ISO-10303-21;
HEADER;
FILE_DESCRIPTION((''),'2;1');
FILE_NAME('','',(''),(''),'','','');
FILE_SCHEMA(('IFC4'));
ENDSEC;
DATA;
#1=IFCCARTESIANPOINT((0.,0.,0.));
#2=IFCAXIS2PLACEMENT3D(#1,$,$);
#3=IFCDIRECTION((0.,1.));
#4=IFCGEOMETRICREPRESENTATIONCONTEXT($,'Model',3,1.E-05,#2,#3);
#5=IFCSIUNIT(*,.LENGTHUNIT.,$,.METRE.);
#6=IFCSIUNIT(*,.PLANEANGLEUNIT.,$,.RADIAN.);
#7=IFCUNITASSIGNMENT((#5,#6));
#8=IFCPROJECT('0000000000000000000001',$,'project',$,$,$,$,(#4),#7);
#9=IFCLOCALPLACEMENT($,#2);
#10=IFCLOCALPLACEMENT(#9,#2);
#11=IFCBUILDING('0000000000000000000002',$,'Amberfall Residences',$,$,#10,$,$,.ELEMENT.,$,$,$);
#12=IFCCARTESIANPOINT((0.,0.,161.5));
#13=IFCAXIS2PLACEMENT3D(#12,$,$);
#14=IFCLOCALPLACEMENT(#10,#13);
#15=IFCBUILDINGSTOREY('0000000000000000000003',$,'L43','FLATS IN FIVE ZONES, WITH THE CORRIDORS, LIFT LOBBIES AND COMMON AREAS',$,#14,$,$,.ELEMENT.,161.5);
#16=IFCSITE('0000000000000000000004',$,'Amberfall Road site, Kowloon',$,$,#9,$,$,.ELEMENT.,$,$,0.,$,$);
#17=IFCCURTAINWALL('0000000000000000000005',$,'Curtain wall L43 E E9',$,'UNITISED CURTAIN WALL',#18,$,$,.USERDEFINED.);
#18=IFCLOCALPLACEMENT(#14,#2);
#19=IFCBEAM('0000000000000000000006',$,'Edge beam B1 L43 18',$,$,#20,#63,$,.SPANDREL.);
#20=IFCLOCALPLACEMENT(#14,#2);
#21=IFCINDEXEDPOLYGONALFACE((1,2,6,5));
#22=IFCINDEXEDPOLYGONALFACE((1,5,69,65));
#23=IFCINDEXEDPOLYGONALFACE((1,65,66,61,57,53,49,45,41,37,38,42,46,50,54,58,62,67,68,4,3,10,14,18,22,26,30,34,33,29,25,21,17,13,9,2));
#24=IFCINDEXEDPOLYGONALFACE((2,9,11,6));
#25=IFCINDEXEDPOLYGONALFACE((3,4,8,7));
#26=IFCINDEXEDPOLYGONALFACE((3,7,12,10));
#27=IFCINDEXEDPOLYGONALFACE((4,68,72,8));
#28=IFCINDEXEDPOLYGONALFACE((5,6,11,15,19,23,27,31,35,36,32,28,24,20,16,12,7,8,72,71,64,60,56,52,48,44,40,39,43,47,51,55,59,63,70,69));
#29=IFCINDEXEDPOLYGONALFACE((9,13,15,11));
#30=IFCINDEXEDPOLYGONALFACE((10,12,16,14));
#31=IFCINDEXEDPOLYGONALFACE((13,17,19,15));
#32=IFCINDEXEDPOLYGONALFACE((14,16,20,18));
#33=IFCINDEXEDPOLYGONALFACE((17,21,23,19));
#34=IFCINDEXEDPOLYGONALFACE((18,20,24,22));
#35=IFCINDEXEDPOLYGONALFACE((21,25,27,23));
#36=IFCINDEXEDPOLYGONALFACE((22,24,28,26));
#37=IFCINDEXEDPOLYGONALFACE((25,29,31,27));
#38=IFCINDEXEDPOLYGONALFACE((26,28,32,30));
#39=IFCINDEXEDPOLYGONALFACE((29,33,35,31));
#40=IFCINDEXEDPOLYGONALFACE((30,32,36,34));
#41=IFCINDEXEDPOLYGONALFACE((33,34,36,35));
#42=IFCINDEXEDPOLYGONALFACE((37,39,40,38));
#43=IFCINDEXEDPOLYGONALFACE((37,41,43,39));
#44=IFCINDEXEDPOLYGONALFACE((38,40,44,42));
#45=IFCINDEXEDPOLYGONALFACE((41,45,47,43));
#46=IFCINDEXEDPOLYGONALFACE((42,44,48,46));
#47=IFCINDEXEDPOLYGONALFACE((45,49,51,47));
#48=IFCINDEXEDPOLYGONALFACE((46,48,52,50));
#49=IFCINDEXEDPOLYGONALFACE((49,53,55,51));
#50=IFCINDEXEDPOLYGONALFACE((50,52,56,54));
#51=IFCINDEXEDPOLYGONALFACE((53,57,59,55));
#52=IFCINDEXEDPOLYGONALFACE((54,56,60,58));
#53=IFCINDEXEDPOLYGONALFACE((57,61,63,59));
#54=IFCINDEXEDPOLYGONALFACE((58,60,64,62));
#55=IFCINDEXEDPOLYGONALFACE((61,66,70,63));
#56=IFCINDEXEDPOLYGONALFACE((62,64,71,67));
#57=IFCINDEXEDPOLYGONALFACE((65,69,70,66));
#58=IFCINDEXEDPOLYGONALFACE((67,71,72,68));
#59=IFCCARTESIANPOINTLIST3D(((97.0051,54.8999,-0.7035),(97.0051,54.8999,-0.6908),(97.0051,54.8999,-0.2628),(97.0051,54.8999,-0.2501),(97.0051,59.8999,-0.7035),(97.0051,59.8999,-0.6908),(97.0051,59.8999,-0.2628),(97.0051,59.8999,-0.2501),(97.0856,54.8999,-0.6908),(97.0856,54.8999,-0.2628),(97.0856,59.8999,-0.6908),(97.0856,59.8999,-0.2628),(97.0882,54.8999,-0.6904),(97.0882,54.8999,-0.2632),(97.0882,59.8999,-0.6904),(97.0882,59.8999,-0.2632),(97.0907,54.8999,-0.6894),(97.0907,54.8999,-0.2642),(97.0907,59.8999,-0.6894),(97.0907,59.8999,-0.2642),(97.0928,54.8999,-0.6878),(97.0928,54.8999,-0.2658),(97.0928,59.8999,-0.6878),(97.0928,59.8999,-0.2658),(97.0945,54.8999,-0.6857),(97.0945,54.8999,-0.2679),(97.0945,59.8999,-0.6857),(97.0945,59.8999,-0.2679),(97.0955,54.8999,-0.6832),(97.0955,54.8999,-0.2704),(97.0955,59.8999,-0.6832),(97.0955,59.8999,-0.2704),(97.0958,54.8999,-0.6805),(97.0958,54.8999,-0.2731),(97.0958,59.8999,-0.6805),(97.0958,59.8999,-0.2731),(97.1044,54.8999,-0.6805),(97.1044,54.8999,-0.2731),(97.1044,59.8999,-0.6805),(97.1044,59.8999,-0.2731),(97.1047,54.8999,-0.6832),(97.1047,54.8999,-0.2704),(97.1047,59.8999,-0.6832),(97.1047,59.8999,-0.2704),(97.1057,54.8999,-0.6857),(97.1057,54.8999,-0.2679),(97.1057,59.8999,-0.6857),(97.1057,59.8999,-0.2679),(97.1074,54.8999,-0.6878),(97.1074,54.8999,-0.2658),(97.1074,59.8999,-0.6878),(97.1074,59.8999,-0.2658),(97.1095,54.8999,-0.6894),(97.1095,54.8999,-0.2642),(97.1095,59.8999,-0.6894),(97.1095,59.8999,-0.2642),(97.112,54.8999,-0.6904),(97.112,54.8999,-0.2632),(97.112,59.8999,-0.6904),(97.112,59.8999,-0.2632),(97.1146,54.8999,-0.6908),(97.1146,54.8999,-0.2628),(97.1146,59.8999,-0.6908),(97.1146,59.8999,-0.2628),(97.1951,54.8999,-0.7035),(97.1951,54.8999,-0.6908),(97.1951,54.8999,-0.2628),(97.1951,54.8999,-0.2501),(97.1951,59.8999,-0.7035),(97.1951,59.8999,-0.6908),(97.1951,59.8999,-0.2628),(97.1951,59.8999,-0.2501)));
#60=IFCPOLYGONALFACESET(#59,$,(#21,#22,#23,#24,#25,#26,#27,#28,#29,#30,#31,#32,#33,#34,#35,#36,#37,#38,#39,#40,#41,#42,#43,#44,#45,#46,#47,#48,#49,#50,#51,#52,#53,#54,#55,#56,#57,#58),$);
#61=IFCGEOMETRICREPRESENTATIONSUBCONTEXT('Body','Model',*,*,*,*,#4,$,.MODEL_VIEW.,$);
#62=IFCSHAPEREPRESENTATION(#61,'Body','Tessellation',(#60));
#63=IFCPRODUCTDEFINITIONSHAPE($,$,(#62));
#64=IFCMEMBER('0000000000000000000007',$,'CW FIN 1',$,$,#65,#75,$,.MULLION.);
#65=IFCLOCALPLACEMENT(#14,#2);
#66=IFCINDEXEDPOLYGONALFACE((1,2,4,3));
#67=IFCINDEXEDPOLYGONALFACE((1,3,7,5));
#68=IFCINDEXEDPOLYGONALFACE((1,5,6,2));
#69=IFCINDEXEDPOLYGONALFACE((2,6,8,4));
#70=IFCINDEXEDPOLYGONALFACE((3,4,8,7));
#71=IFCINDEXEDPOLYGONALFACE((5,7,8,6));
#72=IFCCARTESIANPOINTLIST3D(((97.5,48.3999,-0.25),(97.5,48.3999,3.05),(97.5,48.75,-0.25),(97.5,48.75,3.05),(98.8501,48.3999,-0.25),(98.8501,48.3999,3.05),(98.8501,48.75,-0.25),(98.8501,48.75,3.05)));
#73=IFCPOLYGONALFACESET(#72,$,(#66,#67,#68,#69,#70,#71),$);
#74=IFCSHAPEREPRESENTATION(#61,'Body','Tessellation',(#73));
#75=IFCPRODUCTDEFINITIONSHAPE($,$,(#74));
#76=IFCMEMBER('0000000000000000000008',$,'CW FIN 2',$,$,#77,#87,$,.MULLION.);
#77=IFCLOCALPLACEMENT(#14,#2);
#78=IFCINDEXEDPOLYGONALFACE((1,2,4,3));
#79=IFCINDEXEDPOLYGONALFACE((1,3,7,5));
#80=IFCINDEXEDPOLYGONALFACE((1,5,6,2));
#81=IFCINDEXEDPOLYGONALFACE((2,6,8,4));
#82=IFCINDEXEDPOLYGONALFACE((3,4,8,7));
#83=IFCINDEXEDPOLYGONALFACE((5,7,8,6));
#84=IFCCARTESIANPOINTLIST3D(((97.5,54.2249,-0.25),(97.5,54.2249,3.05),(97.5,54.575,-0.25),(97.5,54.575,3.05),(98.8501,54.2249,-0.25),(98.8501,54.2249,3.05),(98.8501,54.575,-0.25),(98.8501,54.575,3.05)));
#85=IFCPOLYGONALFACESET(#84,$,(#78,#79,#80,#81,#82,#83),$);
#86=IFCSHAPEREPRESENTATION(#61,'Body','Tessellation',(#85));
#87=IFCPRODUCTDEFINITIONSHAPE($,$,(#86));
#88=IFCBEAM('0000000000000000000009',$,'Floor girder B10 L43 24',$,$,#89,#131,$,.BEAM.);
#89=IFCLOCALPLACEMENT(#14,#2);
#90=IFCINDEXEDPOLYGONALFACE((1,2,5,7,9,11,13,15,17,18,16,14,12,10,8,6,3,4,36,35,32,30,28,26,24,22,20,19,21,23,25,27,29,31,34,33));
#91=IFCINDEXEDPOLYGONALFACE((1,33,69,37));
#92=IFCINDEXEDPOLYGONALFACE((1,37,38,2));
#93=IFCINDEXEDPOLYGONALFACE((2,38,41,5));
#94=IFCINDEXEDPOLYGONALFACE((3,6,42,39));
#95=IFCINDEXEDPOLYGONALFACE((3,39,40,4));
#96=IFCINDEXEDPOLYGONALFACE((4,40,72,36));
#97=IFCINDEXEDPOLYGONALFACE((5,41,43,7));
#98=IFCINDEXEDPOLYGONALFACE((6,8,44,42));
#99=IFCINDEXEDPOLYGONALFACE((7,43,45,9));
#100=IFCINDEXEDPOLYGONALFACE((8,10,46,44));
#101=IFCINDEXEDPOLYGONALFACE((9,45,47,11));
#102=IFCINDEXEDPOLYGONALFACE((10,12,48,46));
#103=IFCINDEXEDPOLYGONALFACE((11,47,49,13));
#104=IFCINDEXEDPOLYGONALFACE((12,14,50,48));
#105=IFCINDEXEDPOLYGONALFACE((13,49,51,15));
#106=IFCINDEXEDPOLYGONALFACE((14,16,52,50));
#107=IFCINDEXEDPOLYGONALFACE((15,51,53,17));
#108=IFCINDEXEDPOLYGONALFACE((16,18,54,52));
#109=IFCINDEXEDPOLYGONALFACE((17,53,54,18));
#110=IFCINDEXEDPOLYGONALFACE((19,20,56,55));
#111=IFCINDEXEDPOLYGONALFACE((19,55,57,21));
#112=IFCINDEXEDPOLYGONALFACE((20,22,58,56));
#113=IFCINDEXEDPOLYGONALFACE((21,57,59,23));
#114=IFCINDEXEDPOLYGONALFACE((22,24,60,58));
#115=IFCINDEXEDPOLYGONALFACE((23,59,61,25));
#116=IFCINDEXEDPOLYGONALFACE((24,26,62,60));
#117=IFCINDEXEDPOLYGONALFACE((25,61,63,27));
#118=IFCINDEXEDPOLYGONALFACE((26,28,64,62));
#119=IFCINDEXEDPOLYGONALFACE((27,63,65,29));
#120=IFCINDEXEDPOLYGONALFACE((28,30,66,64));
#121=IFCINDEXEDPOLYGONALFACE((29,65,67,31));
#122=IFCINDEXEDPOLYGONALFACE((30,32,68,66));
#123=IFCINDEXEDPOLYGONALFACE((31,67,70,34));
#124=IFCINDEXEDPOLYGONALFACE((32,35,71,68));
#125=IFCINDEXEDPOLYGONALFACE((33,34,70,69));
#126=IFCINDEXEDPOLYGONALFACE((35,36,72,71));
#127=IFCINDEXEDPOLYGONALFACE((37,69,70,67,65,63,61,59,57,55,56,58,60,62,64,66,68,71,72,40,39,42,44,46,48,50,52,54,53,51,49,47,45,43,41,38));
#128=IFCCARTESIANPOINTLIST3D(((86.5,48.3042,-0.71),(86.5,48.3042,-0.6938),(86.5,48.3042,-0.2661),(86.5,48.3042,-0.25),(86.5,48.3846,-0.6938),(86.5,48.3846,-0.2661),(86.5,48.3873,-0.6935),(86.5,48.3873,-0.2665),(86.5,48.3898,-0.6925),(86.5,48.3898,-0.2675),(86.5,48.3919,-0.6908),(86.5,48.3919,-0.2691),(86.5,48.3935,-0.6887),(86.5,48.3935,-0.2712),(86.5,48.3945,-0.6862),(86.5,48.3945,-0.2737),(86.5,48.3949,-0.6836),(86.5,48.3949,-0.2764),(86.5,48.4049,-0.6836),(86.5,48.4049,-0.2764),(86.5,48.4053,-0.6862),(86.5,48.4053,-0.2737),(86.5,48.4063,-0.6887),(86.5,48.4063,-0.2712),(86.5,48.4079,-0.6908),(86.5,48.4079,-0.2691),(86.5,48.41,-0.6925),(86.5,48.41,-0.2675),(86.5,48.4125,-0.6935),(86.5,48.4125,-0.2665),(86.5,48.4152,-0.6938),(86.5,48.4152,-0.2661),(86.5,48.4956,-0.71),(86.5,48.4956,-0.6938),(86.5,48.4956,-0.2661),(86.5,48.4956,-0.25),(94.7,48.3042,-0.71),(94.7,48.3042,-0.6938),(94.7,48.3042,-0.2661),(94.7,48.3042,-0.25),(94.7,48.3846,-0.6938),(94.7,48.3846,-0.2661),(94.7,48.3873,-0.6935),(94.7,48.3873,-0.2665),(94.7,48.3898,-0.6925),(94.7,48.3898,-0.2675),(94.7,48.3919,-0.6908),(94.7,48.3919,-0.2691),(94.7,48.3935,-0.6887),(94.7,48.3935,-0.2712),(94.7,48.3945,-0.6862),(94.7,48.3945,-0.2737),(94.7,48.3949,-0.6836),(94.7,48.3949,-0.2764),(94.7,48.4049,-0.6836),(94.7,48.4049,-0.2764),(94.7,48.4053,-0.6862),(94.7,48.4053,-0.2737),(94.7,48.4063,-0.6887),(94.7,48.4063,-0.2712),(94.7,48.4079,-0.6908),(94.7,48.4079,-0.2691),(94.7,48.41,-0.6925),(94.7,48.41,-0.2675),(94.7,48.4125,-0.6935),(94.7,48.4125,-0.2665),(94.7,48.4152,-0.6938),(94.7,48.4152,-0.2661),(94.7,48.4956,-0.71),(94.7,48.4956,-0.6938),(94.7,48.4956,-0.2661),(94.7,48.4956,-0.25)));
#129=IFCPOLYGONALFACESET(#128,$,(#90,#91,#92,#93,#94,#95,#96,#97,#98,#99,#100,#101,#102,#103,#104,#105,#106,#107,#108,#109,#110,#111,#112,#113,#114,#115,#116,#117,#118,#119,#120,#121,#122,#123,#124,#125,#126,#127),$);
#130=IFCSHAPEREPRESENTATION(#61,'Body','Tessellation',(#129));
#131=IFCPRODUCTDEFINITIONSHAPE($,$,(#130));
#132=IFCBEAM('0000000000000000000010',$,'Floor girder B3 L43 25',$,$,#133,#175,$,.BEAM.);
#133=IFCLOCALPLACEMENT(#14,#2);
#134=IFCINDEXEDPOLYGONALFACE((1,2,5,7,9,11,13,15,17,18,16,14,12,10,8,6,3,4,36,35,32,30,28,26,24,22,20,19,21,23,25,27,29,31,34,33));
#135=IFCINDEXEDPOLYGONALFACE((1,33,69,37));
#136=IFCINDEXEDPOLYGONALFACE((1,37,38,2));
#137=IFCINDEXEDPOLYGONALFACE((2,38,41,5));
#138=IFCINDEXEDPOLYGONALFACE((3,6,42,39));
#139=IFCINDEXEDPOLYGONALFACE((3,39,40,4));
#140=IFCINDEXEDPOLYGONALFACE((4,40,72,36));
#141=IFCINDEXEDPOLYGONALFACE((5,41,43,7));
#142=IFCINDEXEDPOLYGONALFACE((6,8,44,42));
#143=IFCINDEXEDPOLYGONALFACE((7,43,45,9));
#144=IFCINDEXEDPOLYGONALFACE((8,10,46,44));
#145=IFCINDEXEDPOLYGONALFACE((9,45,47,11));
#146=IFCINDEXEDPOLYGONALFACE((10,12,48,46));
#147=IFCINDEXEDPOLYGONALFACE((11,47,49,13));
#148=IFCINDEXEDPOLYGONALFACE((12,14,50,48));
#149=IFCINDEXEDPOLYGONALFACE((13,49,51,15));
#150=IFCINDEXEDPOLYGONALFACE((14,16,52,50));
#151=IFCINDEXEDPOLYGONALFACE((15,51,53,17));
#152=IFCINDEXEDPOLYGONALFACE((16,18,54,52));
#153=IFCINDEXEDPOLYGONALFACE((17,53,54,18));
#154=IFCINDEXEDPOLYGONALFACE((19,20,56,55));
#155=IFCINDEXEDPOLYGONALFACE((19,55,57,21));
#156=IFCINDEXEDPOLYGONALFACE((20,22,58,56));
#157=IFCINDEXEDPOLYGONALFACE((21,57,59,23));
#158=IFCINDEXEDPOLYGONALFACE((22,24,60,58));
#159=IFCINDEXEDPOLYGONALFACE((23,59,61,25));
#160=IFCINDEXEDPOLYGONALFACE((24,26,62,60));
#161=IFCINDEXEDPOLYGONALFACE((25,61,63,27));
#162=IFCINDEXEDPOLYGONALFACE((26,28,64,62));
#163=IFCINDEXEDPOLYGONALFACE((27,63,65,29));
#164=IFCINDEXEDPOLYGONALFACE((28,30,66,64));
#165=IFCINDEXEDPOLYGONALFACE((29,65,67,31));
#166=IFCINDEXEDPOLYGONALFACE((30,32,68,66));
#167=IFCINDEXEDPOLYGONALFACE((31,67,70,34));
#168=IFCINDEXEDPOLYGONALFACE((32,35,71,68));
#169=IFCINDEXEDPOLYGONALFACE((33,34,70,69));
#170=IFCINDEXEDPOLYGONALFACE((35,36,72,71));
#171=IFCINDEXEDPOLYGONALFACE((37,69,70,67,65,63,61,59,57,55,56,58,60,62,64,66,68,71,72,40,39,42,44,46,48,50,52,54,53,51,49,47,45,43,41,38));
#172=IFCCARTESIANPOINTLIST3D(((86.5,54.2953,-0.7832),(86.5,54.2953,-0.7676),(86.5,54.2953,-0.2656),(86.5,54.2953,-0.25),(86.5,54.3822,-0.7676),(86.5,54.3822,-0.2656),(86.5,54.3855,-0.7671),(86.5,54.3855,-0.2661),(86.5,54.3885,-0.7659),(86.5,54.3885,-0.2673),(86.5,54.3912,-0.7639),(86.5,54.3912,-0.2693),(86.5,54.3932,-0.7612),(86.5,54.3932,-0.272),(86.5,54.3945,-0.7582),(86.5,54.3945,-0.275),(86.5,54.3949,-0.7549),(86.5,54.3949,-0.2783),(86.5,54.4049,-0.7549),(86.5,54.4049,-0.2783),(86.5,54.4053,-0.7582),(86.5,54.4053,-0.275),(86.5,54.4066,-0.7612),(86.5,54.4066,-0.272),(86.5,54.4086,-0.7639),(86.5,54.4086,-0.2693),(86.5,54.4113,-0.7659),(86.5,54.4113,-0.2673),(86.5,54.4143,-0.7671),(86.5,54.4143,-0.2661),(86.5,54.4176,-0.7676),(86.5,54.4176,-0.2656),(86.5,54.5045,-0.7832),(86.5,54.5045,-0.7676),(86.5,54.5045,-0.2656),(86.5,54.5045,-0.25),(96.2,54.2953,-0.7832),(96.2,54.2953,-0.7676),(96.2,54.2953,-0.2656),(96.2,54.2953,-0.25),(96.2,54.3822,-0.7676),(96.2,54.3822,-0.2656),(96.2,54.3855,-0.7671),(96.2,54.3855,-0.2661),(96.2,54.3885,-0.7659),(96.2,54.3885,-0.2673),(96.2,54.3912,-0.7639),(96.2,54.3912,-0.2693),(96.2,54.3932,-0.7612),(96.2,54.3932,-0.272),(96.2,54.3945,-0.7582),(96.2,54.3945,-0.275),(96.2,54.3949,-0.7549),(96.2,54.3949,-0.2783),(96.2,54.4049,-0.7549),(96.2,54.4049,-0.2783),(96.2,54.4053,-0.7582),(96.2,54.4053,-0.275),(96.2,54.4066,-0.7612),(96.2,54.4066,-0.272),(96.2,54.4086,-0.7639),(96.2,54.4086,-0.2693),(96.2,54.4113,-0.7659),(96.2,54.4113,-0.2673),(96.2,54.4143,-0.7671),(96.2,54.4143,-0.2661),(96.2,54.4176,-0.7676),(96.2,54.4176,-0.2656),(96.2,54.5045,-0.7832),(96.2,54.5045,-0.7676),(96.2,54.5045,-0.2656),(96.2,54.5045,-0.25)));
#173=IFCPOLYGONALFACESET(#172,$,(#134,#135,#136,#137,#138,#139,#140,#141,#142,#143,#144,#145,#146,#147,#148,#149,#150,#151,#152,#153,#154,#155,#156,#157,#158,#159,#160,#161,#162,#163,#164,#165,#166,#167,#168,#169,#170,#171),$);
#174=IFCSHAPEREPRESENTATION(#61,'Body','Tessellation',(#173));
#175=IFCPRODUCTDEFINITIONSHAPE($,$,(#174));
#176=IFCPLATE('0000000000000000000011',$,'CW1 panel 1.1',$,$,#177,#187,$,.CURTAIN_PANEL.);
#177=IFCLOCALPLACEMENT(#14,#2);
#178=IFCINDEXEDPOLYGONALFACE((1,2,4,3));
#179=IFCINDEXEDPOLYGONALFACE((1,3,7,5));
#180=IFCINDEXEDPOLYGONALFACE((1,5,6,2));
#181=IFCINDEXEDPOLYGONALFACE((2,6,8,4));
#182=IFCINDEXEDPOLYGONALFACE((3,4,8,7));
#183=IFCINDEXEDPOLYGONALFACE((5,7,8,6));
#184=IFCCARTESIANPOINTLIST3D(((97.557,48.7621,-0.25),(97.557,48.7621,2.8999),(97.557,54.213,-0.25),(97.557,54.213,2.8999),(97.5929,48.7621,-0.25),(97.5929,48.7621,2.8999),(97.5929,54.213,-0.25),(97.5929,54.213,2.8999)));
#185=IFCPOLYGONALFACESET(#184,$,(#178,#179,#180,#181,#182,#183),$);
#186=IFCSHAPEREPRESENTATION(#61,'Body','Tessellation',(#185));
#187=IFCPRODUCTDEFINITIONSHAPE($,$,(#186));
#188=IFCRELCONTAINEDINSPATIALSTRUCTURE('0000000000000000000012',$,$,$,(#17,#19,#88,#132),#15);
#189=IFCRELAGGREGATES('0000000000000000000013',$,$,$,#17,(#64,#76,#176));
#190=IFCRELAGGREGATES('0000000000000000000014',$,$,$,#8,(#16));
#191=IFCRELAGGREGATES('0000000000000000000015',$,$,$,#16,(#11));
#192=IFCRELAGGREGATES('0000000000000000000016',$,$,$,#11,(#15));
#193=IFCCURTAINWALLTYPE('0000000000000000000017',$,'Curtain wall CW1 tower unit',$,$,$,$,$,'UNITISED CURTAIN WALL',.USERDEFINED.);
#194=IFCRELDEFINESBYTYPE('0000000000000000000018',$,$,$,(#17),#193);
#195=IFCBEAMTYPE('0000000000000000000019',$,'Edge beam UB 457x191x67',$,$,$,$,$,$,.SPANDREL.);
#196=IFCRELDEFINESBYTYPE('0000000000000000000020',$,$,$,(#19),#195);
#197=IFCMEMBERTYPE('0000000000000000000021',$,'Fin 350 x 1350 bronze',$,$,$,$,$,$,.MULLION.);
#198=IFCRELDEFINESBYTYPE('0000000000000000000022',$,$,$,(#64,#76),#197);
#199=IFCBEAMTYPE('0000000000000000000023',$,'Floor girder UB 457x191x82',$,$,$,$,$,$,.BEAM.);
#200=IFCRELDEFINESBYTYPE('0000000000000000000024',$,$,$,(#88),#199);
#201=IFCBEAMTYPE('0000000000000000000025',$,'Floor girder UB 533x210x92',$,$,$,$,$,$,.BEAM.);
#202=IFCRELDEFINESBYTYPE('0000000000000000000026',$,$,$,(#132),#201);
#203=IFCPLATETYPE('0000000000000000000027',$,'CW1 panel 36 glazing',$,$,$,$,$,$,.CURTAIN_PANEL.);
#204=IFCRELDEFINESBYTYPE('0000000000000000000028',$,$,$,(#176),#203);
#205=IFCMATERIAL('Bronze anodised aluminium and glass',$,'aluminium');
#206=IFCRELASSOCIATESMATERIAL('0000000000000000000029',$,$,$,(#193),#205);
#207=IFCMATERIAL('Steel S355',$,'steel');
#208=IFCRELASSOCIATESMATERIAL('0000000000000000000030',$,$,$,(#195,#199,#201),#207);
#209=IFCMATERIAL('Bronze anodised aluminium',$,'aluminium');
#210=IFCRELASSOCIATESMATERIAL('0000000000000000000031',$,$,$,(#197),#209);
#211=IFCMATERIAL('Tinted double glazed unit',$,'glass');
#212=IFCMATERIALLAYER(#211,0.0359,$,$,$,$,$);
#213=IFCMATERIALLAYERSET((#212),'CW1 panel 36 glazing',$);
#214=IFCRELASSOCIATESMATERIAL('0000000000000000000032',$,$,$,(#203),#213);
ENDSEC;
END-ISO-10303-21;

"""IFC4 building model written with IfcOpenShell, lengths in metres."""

from ifc_helpers import new_model, si_unit, direction, frame, origin, origin_2d, place, context, subcontext, project, spatial, rectangle, i_section, extrude, material, layer, layer_set, material_profile, profile_set, type_object, element, aggregate, save


model = new_model("IFC4")

# Units and contexts
model_context = context("Model", 3, precision=1e-05, world=origin(), true_north=direction((0.0, 1.0)))
body_context = subcontext(model_context, "Body", "Model", "MODEL_VIEW")
ifc_project = project(units=[si_unit("LENGTHUNIT", "METRE"), si_unit("PLANEANGLEUNIT", "RADIAN")], contexts=[model_context])

# Site, building, storey
site_placement = place(None, origin())
site = spatial("IfcSite", under=ifc_project, at=site_placement, Name="Amberfall Road site, Kowloon", CompositionType="ELEMENT", RefElevation=0.0)
building_placement = place(site_placement, origin())
building = spatial("IfcBuilding", under=site, at=building_placement, Name="Amberfall Residences", CompositionType="ELEMENT")
storey_placement = place(building_placement, frame((0.0, 0.0, 161.5)))
storey = spatial("IfcBuildingStorey", under=building, at=storey_placement, Name="L43", Description="FLATS IN FIVE ZONES, WITH THE CORRIDORS, LIFT LOBBIES AND COMMON AREAS", CompositionType="ELEMENT", Elevation=161.5)

# Curtain wall
ifc_material_1 = material(Name="Bronze anodised aluminium and glass", Category="aluminium")
curtain_wall_type = type_object("IfcCurtainWallType", Name="Curtain wall CW1 tower unit", ElementType="UNITISED CURTAIN WALL", PredefinedType="USERDEFINED", material=ifc_material_1)
curtain_wall_placement = place(storey_placement, origin())
curtain_wall = element("IfcCurtainWall", 1, at=curtain_wall_placement, inside=storey, type_object=curtain_wall_type, Name="Curtain wall L43 E E9", ObjectType="UNITISED CURTAIN WALL", PredefinedType="USERDEFINED")
ifc_material_2 = material(Name="Bronze anodised aluminium", Category="aluminium")

# Beam
ifc_material_3 = material(Name="Steel S355", Category="steel")
ifc_material_profile_1 = material_profile(ifc_material_3, i_section(OverallWidth=0.1899, OverallDepth=0.4534, WebThickness=0.0085, FlangeThickness=0.0127, FilletRadius=0.0103, at=origin_2d()), Name="UB 457x191x67")
ifc_profile_set_1 = profile_set([ifc_material_profile_1], Name="Steel S355")
beam_type_1 = type_object("IfcBeamType", Name="Edge beam UB 457x191x67", PredefinedType="SPANDREL", material=ifc_profile_set_1)
beam_1_placement = place(storey_placement, frame((97.1001, 54.8999, -0.4768), z_axis=(0.0, 1.0, 0.0), x_axis=(-1.0, 0.0, 0.0)))
element("IfcBeam", 2, at=beam_1_placement, inside=storey, type_object=beam_type_1, Name="Edge beam B1 L43 18", PredefinedType="SPANDREL", context=body_context, shape_type="SweptSolid", body=[
    extrude(i_section(OverallWidth=0.1899, OverallDepth=0.4534, WebThickness=0.0085, FlangeThickness=0.0127, FilletRadius=0.0103, at=origin_2d()), origin(), (0.0, 0.0, 1.0), 5.0),
])

# Members
ifc_material_profile_2 = material_profile(ifc_material_2, rectangle(XDim=1.3501, YDim=0.3501, at=origin_2d()), Name="Fin 350 x 1350 bronze")
ifc_profile_set_2 = profile_set([ifc_material_profile_2], Name="Bronze anodised aluminium")
member_type_1 = type_object("IfcMemberType", Name="Fin 350 x 1350 bronze", PredefinedType="MULLION", material=ifc_profile_set_2)
member_1_placement = place(storey_placement, frame((98.175, 48.575, -0.25), z_axis=(0.0, 0.0, 1.0), x_axis=(-1.0, 0.0, 0.0)))
member_1 = element("IfcMember", 3, at=member_1_placement, type_object=member_type_1, Name="CW FIN 1", PredefinedType="MULLION", context=body_context, shape_type="SweptSolid", body=[
    extrude(rectangle(XDim=1.3501, YDim=0.3501, at=origin_2d()), origin(), (0.0, 0.0, 1.0), 3.3),
])
member_2_placement = place(storey_placement, frame((98.175, 54.3999, -0.25), z_axis=(0.0, 0.0, 1.0), x_axis=(-1.0, 0.0, 0.0)))
member_2 = element("IfcMember", 4, at=member_2_placement, type_object=member_type_1, Name="CW FIN 2", PredefinedType="MULLION", context=body_context, shape_type="SweptSolid", body=[
    extrude(rectangle(XDim=1.3501, YDim=0.3501, at=origin_2d()), origin(), (0.0, 0.0, 1.0), 3.3),
])

# Beams
ifc_material_profile_3 = material_profile(ifc_material_3, i_section(OverallWidth=0.1914, OverallDepth=0.46, WebThickness=0.01, FlangeThickness=0.0161, FilletRadius=0.0103, at=origin_2d()), Name="UB 457x191x82")
ifc_profile_set_3 = profile_set([ifc_material_profile_3], Name="Steel S355")
beam_type_2 = type_object("IfcBeamType", Name="Floor girder UB 457x191x82", PredefinedType="BEAM", material=ifc_profile_set_3)
beam_2_placement = place(storey_placement, frame((94.7, 48.3999, -0.48), z_axis=(-1.0, 0.0, 0.0), x_axis=(0.0, -1.0, 0.0)))
element("IfcBeam", 5, at=beam_2_placement, inside=storey, type_object=beam_type_2, Name="Floor girder B10 L43 24", PredefinedType="BEAM", context=body_context, shape_type="SweptSolid", body=[
    extrude(i_section(OverallWidth=0.1914, OverallDepth=0.46, WebThickness=0.01, FlangeThickness=0.0161, FilletRadius=0.0103, at=origin_2d()), origin(), (0.0, 0.0, 1.0), 8.2),
])
ifc_material_profile_4 = material_profile(ifc_material_3, i_section(OverallWidth=0.2092, OverallDepth=0.5332, WebThickness=0.01, FlangeThickness=0.0156, FilletRadius=0.0127, at=origin_2d()), Name="UB 533x210x92")
ifc_profile_set_4 = profile_set([ifc_material_profile_4], Name="Steel S355")
beam_type_3 = type_object("IfcBeamType", Name="Floor girder UB 533x210x92", PredefinedType="BEAM", material=ifc_profile_set_4)
beam_3_placement = place(storey_placement, frame((96.2, 54.3999, -0.5166), z_axis=(-1.0, 0.0, 0.0), x_axis=(0.0, -1.0, 0.0)))
element("IfcBeam", 6, at=beam_3_placement, inside=storey, type_object=beam_type_3, Name="Floor girder B3 L43 25", PredefinedType="BEAM", context=body_context, shape_type="SweptSolid", body=[
    extrude(i_section(OverallWidth=0.2092, OverallDepth=0.5332, WebThickness=0.01, FlangeThickness=0.0156, FilletRadius=0.0127, at=origin_2d()), origin(), (0.0, 0.0, 1.0), 9.7),
])

# Plate
ifc_material_4 = material(Name="Tinted double glazed unit", Category="glass")
ifc_layer_1 = layer(ifc_material_4, 0.0359)
ifc_layer_set_1 = layer_set([ifc_layer_1], Name="CW1 panel 36 glazing")
plate_type = type_object("IfcPlateType", Name="CW1 panel 36 glazing", PredefinedType="CURTAIN_PANEL", material=ifc_layer_set_1)
plate_1_placement = place(storey_placement, frame((97.575, 51.4875, -0.25), z_axis=(0.0, 0.0, 1.0), x_axis=(0.0, 1.0, 0.0)))
plate_1 = element("IfcPlate", 7, at=plate_1_placement, type_object=plate_type, Name="CW1 panel 1.1", PredefinedType="CURTAIN_PANEL", context=body_context, shape_type="SweptSolid", body=[
    extrude(rectangle(XDim=5.4509, YDim=0.0359, at=origin_2d()), origin(), (0.0, 0.0, 1.0), 3.1499),
])
aggregate(curtain_wall, [member_1, member_2, plate_1])

save(model, "model.ifc")
